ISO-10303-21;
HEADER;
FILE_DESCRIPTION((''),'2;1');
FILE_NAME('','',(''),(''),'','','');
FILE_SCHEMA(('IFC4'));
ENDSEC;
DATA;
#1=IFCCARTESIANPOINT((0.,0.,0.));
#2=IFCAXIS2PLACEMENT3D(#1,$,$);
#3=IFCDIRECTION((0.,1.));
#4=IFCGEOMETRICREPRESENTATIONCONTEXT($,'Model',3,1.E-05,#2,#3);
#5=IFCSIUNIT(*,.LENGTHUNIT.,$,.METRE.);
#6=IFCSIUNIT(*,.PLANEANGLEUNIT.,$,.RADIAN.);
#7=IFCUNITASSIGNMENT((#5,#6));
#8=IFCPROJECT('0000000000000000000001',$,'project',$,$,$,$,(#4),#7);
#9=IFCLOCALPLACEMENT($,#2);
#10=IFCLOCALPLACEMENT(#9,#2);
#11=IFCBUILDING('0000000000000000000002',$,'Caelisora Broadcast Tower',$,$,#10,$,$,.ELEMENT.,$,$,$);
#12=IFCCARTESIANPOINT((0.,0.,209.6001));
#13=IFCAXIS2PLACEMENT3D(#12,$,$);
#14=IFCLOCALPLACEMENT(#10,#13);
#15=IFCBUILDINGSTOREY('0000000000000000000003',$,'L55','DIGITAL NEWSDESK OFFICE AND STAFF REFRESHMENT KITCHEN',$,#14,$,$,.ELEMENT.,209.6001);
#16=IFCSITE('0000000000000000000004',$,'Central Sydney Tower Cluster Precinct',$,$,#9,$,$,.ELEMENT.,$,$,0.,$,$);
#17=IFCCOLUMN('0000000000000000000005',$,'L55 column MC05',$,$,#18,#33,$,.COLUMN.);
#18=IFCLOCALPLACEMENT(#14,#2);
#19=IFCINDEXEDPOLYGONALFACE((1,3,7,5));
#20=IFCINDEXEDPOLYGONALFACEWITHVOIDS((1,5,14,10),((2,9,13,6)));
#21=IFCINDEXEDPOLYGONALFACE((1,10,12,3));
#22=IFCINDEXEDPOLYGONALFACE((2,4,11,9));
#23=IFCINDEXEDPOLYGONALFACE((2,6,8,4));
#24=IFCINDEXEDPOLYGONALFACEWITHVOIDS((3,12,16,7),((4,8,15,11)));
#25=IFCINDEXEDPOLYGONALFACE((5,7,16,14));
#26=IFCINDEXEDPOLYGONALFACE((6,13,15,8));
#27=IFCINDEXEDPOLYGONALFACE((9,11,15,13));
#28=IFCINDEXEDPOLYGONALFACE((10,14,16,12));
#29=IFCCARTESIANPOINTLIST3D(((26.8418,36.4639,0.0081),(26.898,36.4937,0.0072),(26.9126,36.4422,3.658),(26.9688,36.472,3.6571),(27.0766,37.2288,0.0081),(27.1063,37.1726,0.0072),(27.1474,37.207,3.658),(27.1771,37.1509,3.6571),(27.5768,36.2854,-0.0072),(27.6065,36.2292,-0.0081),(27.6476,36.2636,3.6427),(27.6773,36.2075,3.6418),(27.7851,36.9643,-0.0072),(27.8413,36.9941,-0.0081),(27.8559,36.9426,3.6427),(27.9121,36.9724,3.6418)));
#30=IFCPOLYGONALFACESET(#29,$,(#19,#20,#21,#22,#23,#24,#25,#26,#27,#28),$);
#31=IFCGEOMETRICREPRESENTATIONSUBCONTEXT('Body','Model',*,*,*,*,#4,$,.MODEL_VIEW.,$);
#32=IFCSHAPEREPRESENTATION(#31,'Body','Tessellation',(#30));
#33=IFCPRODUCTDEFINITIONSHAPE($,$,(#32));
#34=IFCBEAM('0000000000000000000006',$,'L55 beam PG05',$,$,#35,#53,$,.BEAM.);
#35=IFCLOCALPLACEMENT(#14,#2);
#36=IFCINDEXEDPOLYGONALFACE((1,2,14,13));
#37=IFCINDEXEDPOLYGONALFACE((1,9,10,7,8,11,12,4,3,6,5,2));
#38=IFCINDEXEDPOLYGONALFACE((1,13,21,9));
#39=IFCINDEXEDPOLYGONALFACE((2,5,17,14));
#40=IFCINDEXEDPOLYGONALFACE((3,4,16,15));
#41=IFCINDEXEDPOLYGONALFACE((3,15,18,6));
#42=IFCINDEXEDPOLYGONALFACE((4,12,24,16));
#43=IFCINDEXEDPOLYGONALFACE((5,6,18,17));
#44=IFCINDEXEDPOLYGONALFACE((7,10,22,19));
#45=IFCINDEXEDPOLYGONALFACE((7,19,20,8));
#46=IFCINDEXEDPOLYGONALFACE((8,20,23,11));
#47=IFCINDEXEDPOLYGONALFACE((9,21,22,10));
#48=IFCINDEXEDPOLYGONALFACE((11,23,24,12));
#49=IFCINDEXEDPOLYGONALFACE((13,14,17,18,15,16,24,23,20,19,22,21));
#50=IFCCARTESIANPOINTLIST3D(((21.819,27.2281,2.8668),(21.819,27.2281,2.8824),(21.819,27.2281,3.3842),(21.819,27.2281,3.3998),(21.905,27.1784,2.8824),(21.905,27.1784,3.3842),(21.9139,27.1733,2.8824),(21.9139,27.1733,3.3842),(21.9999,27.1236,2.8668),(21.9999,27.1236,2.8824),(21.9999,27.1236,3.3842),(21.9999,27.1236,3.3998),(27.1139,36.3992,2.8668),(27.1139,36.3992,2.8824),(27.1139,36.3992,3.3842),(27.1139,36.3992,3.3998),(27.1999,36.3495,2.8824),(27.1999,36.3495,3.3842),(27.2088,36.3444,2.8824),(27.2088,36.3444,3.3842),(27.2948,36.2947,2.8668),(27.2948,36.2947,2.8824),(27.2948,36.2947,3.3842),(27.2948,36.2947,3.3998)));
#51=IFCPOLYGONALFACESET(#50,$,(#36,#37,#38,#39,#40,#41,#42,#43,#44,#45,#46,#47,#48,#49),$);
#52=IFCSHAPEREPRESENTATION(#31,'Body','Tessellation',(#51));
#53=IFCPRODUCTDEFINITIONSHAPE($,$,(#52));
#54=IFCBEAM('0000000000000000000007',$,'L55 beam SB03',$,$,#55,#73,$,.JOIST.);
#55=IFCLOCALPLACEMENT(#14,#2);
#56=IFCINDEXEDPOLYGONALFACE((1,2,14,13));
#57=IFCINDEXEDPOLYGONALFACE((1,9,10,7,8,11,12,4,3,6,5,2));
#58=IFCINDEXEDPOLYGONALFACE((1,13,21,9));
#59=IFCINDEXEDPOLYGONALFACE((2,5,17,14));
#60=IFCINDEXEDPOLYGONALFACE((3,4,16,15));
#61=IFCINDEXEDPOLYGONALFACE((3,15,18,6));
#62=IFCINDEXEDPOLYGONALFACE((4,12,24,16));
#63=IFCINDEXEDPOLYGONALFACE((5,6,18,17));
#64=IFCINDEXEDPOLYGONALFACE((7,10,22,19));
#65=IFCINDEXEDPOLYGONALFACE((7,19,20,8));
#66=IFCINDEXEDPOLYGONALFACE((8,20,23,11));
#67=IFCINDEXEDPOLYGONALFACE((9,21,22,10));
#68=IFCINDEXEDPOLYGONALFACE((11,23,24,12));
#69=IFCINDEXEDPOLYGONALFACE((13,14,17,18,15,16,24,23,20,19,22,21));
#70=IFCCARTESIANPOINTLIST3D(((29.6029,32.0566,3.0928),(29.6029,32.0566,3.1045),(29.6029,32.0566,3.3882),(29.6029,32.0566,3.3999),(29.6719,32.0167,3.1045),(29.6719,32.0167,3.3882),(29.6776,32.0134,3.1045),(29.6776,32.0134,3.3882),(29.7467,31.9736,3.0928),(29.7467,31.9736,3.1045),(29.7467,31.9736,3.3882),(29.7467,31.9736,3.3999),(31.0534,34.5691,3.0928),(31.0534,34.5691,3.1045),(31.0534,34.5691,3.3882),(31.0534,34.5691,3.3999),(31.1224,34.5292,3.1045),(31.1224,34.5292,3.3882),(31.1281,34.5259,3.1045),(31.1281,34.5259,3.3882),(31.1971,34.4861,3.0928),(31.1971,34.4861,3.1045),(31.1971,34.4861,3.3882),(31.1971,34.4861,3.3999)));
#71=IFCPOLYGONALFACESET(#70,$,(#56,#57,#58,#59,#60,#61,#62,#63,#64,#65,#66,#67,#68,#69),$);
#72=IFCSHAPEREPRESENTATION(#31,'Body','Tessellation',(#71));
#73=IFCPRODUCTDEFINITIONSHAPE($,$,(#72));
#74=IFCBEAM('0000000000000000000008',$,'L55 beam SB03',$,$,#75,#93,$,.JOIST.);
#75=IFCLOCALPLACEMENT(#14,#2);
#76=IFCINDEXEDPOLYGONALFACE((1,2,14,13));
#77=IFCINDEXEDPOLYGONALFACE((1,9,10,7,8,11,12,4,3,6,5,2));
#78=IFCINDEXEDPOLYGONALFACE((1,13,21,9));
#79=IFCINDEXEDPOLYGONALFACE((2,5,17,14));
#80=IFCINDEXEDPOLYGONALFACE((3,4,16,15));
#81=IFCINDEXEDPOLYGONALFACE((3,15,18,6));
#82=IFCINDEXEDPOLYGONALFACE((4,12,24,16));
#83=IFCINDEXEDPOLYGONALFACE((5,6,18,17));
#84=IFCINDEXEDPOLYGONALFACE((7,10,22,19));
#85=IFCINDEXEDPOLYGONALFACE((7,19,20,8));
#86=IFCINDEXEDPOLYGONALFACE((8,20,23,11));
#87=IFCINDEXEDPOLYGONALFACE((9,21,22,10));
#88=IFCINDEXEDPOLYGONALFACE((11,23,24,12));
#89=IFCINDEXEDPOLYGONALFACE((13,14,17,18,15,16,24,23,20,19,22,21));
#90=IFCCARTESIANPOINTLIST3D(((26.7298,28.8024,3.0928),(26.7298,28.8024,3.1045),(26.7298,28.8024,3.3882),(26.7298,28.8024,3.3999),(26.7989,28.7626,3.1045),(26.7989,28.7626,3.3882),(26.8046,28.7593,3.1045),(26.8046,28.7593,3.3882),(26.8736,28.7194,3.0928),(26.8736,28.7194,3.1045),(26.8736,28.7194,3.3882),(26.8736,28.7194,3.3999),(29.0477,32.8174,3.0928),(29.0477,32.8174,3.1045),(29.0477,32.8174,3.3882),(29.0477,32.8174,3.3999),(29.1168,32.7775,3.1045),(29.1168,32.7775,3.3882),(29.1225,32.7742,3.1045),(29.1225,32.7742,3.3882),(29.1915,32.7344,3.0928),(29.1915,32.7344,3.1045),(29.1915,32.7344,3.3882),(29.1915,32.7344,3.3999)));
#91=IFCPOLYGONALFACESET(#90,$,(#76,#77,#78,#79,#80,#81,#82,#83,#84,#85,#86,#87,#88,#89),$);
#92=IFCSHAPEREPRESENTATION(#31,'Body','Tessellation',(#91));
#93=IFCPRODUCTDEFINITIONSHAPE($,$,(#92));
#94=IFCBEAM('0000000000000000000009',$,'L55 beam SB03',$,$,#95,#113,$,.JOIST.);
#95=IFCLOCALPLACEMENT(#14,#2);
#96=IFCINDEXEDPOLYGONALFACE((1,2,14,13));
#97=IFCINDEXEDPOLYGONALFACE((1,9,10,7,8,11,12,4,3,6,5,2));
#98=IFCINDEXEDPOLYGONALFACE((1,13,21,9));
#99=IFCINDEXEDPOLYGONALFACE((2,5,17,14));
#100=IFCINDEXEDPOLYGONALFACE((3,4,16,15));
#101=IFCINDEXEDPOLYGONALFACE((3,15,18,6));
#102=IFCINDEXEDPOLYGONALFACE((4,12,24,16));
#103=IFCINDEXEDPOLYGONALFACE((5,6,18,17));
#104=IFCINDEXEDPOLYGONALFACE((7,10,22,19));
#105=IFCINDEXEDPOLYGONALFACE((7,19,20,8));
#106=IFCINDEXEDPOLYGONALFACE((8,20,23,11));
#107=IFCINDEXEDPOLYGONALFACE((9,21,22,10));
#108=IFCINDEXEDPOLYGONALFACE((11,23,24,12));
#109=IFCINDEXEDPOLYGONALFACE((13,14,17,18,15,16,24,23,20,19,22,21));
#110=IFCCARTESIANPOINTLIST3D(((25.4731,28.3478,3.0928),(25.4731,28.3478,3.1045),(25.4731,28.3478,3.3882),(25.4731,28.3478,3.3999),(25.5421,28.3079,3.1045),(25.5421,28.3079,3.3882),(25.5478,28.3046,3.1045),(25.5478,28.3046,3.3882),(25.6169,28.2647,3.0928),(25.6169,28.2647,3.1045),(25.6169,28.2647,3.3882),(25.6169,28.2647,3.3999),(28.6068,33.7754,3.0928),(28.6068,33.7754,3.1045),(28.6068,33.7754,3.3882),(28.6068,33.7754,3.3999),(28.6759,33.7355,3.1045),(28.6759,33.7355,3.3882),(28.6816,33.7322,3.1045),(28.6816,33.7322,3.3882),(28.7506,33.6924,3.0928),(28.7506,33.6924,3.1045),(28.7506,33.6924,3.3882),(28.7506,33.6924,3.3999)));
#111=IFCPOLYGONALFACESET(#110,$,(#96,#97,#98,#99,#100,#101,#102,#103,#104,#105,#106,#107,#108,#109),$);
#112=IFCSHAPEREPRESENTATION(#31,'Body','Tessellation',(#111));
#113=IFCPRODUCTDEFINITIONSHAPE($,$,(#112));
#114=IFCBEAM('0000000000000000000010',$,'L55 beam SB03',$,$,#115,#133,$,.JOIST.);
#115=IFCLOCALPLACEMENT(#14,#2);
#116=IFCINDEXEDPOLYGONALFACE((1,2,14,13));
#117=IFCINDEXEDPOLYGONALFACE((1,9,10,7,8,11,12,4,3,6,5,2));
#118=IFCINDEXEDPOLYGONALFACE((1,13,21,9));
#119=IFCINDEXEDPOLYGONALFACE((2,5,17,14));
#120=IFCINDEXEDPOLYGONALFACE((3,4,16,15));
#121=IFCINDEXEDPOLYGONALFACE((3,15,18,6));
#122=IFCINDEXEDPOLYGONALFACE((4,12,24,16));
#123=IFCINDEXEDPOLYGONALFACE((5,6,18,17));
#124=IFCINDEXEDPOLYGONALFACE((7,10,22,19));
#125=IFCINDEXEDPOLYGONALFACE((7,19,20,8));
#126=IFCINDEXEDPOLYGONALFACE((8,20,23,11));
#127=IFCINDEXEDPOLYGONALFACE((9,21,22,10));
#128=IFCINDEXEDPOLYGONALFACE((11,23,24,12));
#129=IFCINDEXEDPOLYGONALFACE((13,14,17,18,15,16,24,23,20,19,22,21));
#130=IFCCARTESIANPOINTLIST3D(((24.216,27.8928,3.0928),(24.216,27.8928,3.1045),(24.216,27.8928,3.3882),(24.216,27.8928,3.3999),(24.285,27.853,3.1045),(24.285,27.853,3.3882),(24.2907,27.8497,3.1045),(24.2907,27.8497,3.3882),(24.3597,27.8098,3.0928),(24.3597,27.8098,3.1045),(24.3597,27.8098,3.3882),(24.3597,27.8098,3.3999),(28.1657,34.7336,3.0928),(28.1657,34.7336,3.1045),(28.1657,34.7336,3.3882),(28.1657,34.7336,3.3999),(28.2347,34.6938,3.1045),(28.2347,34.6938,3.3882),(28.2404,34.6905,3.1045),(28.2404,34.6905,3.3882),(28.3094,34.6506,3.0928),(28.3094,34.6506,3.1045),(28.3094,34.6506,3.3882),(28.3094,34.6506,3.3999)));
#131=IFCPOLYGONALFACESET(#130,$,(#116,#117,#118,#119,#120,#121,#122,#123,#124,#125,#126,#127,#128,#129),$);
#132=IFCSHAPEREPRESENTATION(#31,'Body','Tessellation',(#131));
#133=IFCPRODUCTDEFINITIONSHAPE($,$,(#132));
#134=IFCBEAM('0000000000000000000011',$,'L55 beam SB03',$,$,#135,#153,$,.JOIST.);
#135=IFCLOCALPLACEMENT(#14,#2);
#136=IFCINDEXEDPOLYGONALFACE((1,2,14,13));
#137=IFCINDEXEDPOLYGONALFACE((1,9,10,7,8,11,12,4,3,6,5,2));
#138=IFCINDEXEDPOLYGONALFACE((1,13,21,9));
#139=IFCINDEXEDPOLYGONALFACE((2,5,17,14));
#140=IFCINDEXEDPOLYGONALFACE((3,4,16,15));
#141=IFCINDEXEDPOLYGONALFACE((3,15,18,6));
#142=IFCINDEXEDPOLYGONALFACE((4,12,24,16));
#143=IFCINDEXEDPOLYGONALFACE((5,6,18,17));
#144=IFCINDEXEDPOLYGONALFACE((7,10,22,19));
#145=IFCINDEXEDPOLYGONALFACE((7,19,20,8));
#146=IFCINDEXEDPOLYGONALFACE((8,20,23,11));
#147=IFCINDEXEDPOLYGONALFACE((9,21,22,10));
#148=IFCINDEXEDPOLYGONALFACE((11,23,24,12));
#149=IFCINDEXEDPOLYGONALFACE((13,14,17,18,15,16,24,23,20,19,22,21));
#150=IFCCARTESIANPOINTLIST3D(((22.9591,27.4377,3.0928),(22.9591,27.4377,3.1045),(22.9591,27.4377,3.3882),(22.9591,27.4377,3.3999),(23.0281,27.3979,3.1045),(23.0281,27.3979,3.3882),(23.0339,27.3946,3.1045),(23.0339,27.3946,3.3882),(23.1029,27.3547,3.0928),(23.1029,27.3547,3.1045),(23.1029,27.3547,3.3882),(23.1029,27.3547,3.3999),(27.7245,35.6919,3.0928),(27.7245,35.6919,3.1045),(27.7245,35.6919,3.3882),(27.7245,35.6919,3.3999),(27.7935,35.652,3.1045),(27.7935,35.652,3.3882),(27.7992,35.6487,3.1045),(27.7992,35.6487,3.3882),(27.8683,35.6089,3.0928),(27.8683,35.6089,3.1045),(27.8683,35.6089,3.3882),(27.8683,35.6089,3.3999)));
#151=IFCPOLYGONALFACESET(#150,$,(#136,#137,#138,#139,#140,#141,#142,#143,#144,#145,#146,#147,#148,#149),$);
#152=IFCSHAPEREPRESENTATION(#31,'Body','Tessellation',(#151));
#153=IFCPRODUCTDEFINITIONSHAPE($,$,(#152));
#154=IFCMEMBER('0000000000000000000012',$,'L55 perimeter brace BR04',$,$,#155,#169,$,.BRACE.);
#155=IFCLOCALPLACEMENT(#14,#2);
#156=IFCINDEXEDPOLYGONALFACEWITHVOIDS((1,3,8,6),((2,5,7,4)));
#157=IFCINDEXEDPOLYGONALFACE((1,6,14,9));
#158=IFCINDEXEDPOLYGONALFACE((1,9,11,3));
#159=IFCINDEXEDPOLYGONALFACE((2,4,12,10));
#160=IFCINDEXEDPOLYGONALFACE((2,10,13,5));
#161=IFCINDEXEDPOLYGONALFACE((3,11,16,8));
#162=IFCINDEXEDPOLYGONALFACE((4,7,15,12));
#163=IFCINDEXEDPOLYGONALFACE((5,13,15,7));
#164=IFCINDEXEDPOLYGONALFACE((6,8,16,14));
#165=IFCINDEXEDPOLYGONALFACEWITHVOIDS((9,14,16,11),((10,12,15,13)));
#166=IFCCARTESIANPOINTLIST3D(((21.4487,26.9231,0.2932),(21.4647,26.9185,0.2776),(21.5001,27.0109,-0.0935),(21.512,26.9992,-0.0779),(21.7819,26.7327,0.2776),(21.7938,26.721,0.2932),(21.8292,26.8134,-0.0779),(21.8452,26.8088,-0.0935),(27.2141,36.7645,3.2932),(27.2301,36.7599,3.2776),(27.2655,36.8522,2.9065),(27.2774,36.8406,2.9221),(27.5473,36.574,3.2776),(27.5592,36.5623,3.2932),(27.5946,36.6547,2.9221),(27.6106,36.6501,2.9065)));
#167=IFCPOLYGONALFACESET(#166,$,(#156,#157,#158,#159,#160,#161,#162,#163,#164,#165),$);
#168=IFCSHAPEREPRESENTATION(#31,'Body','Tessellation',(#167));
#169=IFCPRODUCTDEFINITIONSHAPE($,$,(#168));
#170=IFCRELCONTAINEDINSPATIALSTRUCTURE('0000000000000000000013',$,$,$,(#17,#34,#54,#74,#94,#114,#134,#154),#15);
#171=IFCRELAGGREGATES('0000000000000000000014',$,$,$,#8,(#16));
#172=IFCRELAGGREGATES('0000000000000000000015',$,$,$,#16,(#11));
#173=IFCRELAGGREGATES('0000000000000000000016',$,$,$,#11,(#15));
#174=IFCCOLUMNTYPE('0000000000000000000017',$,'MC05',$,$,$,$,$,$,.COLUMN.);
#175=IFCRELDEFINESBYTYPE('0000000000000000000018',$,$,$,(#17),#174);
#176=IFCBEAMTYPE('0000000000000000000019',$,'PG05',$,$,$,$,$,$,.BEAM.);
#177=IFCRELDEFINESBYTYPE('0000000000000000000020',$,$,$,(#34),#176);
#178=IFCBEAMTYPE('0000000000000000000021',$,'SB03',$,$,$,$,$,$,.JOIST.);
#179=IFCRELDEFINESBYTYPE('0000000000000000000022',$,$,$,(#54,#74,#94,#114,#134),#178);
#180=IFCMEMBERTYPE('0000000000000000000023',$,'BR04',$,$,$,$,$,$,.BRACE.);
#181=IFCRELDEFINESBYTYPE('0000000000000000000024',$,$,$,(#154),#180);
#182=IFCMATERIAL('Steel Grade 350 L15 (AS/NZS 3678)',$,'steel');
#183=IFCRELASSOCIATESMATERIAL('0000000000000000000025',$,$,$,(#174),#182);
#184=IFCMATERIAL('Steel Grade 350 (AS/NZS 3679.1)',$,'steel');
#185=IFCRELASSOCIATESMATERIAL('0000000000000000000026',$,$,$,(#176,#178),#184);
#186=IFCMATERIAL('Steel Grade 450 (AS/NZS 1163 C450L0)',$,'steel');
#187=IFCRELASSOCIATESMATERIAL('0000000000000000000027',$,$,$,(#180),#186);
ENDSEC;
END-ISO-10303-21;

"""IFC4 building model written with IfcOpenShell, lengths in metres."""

from ifc_helpers import new_model, si_unit, direction, frame, origin, origin_2d, place, context, subcontext, project, spatial, hollow_rectangle, i_section, extrude, source, transform, mapped, material, material_profile, profile_set, type_object, type_shapes, element, save


model = new_model("IFC4")

# Units and contexts
model_context = context("Model", 3, precision=1e-05, world=origin(), true_north=direction((0.0, 1.0)))
body_context = subcontext(model_context, "Body", "Model", "MODEL_VIEW")
ifc_project = project(units=[si_unit("LENGTHUNIT", "METRE"), si_unit("PLANEANGLEUNIT", "RADIAN")], contexts=[model_context])

# Site, building, storey
site_placement = place(None, origin())
site = spatial("IfcSite", under=ifc_project, at=site_placement, Name="Central Sydney Tower Cluster Precinct", CompositionType="ELEMENT", RefElevation=0.0)
building_placement = place(site_placement, origin())
building = spatial("IfcBuilding", under=site, at=building_placement, Name="Caelisora Broadcast Tower", CompositionType="ELEMENT")
storey_placement = place(building_placement, frame((0.0, 0.0, 209.6001)))
storey = spatial("IfcBuildingStorey", under=building, at=storey_placement, Name="L55", Description="DIGITAL NEWSDESK OFFICE AND STAFF REFRESHMENT KITCHEN", CompositionType="ELEMENT", Elevation=209.6001)

# Column
ifc_material_1 = material(Name="Steel Grade 350 L15 (AS/NZS 3678)", Category="steel")
ifc_material_profile_1 = material_profile(ifc_material_1, hollow_rectangle(XDim=0.8, YDim=0.8, WallThickness=0.0449, at=origin_2d()), Name="Steel Grade 350 L15 (AS/NZS 3678)")
ifc_profile_set_1 = profile_set([ifc_material_profile_1], Name="Steel Grade 350 L15 (AS/NZS 3678)")
column_type = type_object("IfcColumnType", Name="MC05", PredefinedType="COLUMN", material=ifc_profile_set_1)
shared_shape_1 = source(origin(), body_context, "Body", "SweptSolid", [
    extrude(hollow_rectangle(XDim=0.8, YDim=0.8, WallThickness=0.0449, at=origin_2d()), origin(), (0.0, 0.0, 1.0), 3.6506),
])
type_shapes(column_type, [shared_shape_1])
column_placement = place(storey_placement, frame((27.3416, 36.729, 0.0), z_axis=(0.019394, -0.005952, 0.999794), x_axis=(0.293391, 0.955993, 0.0)))
element("IfcColumn", 1, at=column_placement, inside=storey, type_object=column_type, Name="L55 column MC05", PredefinedType="COLUMN", context=body_context, shape_type="MappedRepresentation", body=[
    mapped(shared_shape_1, transform((0.0, 0.0, 0.0), scale=1.0)),
])

# Beams
ifc_material_2 = material(Name="Steel Grade 350 (AS/NZS 3679.1)", Category="steel")
ifc_material_profile_2 = material_profile(ifc_material_2, i_section(OverallWidth=0.209, OverallDepth=0.533, WebThickness=0.0103, FlangeThickness=0.0156, at=origin_2d()), Name="Steel Grade 350 (AS/NZS 3679.1)")
ifc_profile_set_2 = profile_set([ifc_material_profile_2], Name="Steel Grade 350 (AS/NZS 3679.1)")
beam_type_1 = type_object("IfcBeamType", Name="PG05", PredefinedType="BEAM", material=ifc_profile_set_2)
shared_shape_2 = source(origin(), body_context, "Body", "SweptSolid", [
    extrude(i_section(OverallWidth=0.209, OverallDepth=0.533, WebThickness=0.0103, FlangeThickness=0.0156, at=origin_2d()), origin(), (0.0, 0.0, 1.0), 10.5898),
])
type_shapes(beam_type_1, [shared_shape_2])
beam_1_placement = place(storey_placement, frame((27.2043, 36.3469, 3.1333), z_axis=(-0.499997, -0.866027, 0.0), x_axis=(0.866027, -0.499997, 0.0)))
element("IfcBeam", 2, at=beam_1_placement, inside=storey, type_object=beam_type_1, Name="L55 beam PG05", PredefinedType="BEAM", context=body_context, shape_type="MappedRepresentation", body=[
    mapped(shared_shape_2, transform((0.0, 0.0, 0.0), scale=1.0)),
])
ifc_material_profile_3 = material_profile(ifc_material_2, i_section(OverallWidth=0.166, OverallDepth=0.3071, WebThickness=0.0066, FlangeThickness=0.0117, at=origin_2d()), Name="Steel Grade 350 (AS/NZS 3679.1)")
ifc_profile_set_3 = profile_set([ifc_material_profile_3], Name="Steel Grade 350 (AS/NZS 3679.1)")
beam_type_2 = type_object("IfcBeamType", Name="SB03", PredefinedType="JOIST", material=ifc_profile_set_3)
shared_shape_3 = source(origin(), body_context, "Body", "SweptSolid", [
    extrude(i_section(OverallWidth=0.166, OverallDepth=0.3071, WebThickness=0.0066, FlangeThickness=0.0117, at=origin_2d()), origin(), (0.0, 0.0, 1.0), 2.9011),
])
beam_2_placement = place(storey_placement, frame((31.1252, 34.5276, 3.2463), z_axis=(-0.499968, -0.866044, 0.0), x_axis=(0.866044, -0.499968, 0.0)))
element("IfcBeam", 3, at=beam_2_placement, inside=storey, type_object=beam_type_2, Name="L55 beam SB03", PredefinedType="JOIST", context=body_context, shape_type="MappedRepresentation", body=[
    mapped(shared_shape_3, transform((0.0, 0.0, 0.0), scale=1.0)),
])
shared_shape_4 = source(origin(), body_context, "Body", "SweptSolid", [
    extrude(i_section(OverallWidth=0.166, OverallDepth=0.3071, WebThickness=0.0066, FlangeThickness=0.0117, at=origin_2d()), origin(), (0.0, 0.0, 1.0), 4.636),
])
beam_3_placement = place(storey_placement, frame((29.1196, 32.7759, 3.2463), z_axis=(-0.499979, -0.866037, 0.0), x_axis=(0.866037, -0.499979, 0.0)))
element("IfcBeam", 4, at=beam_3_placement, inside=storey, type_object=beam_type_2, Name="L55 beam SB03", PredefinedType="JOIST", context=body_context, shape_type="MappedRepresentation", body=[
    mapped(shared_shape_4, transform((0.0, 0.0, 0.0), scale=1.0)),
])
shared_shape_5 = source(origin(), body_context, "Body", "SweptSolid", [
    extrude(i_section(OverallWidth=0.166, OverallDepth=0.3071, WebThickness=0.0066, FlangeThickness=0.0117, at=origin_2d()), origin(), (0.0, 0.0, 1.0), 6.2673),
])
beam_4_placement = place(storey_placement, frame((28.6787, 33.7339, 3.2463), z_axis=(-0.50001, -0.86602, 0.0), x_axis=(0.86602, -0.50001, 0.0)))
element("IfcBeam", 5, at=beam_4_placement, inside=storey, type_object=beam_type_2, Name="L55 beam SB03", PredefinedType="JOIST", context=body_context, shape_type="MappedRepresentation", body=[
    mapped(shared_shape_5, transform((0.0, 0.0, 0.0), scale=1.0)),
])
shared_shape_6 = source(origin(), body_context, "Body", "SweptSolid", [
    extrude(i_section(OverallWidth=0.166, OverallDepth=0.3071, WebThickness=0.0066, FlangeThickness=0.0117, at=origin_2d()), origin(), (0.0, 0.0, 1.0), 7.8992),
])
beam_5_placement = place(storey_placement, frame((28.2375, 34.6921, 3.2463), z_axis=(-0.500015, -0.866017, 0.0), x_axis=(0.866017, -0.500015, 0.0)))
element("IfcBeam", 6, at=beam_5_placement, inside=storey, type_object=beam_type_2, Name="L55 beam SB03", PredefinedType="JOIST", context=body_context, shape_type="MappedRepresentation", body=[
    mapped(shared_shape_6, transform((0.0, 0.0, 0.0), scale=1.0)),
])
shared_shape_7 = source(origin(), body_context, "Body", "SweptSolid", [
    extrude(i_section(OverallWidth=0.166, OverallDepth=0.3071, WebThickness=0.0066, FlangeThickness=0.0117, at=origin_2d()), origin(), (0.0, 0.0, 1.0), 9.531),
])
type_shapes(beam_type_2, [shared_shape_3, shared_shape_4, shared_shape_5, shared_shape_6, shared_shape_7])
beam_6_placement = place(storey_placement, frame((27.7964, 35.6504, 3.2463), z_axis=(-0.499988, -0.866032, 0.0), x_axis=(0.866032, -0.499988, 0.0)))
element("IfcBeam", 7, at=beam_6_placement, inside=storey, type_object=beam_type_2, Name="L55 beam SB03", PredefinedType="JOIST", context=body_context, shape_type="MappedRepresentation", body=[
    mapped(shared_shape_7, transform((0.0, 0.0, 0.0), scale=1.0)),
])

# Member
ifc_material_3 = material(Name="Steel Grade 450 (AS/NZS 1163 C450L0)", Category="steel")
ifc_material_profile_4 = material_profile(ifc_material_3, hollow_rectangle(XDim=0.3999, YDim=0.3999, WallThickness=0.0161, at=origin_2d()), Name="Steel Grade 450 (AS/NZS 1163 C450L0)")
ifc_profile_set_4 = profile_set([ifc_material_profile_4], Name="Steel Grade 450 (AS/NZS 1163 C450L0)")
member_type_1 = type_object("IfcMemberType", Name="BR04", PredefinedType="BRACE", material=ifc_profile_set_4)
shared_shape_8 = source(origin(), body_context, "Body", "SweptSolid", [
    extrude(hollow_rectangle(XDim=0.3999, YDim=0.3999, WallThickness=0.0161, at=origin_2d()), origin(), (0.0, 0.0, 1.0), 11.7937),
])
type_shapes(member_type_1, [shared_shape_8])
member_1_placement = place(storey_placement, frame((27.4124, 36.7073, 3.0999), z_axis=(-0.488853, -0.834456, -0.254373), x_axis=(0.862838, -0.505481, 0.0)))
element("IfcMember", 8, at=member_1_placement, inside=storey, type_object=member_type_1, Name="L55 perimeter brace BR04", PredefinedType="BRACE", context=body_context, shape_type="MappedRepresentation", body=[
    mapped(shared_shape_8, transform((0.0, 0.0, 0.0), scale=1.0)),
])

save(model, "model.ifc")
